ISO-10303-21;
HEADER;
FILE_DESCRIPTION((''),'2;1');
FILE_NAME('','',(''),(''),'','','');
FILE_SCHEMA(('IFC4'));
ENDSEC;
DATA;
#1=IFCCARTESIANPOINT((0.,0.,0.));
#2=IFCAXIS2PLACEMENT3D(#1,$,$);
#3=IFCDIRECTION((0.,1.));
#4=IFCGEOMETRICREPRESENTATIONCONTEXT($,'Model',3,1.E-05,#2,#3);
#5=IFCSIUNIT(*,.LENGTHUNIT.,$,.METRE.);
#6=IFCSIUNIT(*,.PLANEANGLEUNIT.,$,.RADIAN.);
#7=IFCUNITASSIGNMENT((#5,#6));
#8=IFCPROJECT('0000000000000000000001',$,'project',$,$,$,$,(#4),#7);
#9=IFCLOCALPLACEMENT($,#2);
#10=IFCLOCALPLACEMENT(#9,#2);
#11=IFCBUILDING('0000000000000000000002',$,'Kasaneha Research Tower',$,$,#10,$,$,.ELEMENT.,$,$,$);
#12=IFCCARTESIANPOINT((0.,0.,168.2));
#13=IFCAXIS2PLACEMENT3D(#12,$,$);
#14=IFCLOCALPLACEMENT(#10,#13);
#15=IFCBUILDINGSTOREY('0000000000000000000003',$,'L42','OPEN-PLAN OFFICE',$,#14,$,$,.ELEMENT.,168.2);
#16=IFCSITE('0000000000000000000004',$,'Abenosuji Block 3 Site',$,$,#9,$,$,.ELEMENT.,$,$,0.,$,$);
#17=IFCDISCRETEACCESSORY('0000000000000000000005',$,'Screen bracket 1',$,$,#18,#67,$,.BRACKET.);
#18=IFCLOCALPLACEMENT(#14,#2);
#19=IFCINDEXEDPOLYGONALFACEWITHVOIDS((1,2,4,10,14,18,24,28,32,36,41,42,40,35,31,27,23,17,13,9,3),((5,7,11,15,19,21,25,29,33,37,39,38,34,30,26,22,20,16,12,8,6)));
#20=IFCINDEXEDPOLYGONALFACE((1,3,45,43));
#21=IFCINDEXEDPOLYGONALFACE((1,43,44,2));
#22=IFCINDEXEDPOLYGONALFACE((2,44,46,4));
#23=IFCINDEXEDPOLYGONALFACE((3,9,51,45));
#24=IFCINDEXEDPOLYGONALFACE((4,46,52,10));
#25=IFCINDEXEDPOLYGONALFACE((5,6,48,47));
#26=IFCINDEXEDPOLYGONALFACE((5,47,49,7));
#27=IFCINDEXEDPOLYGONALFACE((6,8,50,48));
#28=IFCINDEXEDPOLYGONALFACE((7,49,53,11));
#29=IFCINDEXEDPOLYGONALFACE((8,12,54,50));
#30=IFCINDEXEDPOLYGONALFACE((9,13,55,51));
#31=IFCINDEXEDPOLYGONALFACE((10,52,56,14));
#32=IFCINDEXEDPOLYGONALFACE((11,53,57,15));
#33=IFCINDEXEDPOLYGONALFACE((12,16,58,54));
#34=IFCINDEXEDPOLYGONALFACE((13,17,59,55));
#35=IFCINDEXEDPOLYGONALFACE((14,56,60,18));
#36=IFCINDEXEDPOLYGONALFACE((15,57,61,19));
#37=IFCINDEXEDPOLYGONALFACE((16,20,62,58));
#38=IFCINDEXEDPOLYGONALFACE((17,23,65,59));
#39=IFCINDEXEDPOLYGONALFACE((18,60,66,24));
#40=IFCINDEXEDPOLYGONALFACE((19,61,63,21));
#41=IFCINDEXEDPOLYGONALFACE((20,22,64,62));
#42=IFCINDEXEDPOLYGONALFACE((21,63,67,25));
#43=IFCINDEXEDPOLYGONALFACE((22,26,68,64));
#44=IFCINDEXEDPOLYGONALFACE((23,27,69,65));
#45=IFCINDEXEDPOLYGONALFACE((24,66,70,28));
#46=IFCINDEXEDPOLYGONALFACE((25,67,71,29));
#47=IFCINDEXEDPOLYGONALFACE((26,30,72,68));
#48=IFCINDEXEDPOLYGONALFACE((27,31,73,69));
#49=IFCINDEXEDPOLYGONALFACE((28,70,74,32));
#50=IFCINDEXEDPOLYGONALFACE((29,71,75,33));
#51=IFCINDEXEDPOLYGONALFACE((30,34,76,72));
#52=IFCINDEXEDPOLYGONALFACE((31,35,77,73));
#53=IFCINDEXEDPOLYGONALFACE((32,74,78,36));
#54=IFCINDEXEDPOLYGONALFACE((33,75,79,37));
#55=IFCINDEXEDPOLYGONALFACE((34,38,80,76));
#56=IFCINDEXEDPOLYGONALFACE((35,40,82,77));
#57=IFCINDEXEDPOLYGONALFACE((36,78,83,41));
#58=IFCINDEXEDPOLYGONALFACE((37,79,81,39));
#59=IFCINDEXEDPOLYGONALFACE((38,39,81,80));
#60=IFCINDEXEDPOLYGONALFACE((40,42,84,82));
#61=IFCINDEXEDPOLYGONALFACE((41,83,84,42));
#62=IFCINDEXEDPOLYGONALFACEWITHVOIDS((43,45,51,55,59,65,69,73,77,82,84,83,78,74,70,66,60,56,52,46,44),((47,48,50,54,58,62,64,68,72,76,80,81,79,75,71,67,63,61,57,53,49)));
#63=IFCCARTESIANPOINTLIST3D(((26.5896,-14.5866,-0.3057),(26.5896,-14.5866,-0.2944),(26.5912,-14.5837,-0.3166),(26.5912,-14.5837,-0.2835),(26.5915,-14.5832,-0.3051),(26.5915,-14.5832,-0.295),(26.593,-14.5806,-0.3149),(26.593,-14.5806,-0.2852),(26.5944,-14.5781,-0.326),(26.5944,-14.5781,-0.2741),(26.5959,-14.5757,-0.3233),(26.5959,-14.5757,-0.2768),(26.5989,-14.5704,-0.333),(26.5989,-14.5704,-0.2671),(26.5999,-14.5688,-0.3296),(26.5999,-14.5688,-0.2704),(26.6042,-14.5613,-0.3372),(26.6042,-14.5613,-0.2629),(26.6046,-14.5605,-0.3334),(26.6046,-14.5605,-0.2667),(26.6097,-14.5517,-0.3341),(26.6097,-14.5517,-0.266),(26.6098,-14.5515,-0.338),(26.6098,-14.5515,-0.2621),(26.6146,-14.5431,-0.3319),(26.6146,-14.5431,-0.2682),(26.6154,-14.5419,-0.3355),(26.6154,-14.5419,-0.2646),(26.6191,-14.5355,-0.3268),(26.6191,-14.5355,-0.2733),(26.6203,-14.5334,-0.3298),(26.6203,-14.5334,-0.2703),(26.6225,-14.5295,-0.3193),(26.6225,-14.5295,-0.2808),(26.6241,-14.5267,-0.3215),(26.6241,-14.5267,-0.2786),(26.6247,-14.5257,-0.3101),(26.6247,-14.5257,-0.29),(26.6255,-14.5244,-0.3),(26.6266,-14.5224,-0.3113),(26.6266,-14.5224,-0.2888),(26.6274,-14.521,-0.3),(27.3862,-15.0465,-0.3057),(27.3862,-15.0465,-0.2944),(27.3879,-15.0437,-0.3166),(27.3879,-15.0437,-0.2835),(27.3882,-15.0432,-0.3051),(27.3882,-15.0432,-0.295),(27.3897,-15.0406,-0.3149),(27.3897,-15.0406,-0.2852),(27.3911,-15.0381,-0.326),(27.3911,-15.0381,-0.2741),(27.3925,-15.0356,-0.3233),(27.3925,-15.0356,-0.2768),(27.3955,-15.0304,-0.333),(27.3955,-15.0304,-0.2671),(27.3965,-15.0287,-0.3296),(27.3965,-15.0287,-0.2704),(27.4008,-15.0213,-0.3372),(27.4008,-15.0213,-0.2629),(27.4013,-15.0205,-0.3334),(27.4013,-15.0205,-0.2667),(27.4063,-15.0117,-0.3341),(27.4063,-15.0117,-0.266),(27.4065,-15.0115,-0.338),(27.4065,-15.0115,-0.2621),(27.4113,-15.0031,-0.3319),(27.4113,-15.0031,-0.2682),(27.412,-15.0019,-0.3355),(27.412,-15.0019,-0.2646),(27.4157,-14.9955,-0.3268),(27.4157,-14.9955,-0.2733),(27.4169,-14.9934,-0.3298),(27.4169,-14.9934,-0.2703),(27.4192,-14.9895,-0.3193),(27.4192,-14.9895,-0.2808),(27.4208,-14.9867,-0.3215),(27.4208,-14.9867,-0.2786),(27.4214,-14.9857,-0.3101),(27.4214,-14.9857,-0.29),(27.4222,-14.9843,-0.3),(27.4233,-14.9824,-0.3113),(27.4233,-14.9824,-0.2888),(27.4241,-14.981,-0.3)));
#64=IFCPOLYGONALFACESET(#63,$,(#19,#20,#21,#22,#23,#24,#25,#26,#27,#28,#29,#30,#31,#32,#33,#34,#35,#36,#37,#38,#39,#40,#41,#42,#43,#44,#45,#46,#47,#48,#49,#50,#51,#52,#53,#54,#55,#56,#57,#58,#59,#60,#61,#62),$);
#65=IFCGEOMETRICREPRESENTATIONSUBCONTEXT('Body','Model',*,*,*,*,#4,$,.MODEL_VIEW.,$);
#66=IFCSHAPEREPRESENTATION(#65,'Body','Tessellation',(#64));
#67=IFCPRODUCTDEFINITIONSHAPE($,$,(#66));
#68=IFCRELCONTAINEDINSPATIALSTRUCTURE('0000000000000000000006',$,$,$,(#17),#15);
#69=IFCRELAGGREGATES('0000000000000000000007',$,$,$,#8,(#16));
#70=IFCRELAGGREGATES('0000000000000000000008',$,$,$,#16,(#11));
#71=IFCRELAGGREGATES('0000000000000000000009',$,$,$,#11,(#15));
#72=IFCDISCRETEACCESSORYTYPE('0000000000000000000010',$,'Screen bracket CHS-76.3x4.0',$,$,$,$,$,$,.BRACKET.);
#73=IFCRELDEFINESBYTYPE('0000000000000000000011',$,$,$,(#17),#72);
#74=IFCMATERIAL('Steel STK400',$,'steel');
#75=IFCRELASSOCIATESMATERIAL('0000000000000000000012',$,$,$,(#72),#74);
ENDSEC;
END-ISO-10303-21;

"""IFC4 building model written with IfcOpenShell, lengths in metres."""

from ifc_helpers import new_model, si_unit, direction, frame, origin, origin_2d, place, context, subcontext, project, spatial, hollow_circle, extrude, material, material_profile, profile_set, type_object, element, save


model = new_model("IFC4")

# Units and contexts
model_context = context("Model", 3, precision=1e-05, world=origin(), true_north=direction((0.0, 1.0)))
body_context = subcontext(model_context, "Body", "Model", "MODEL_VIEW")
ifc_project = project(units=[si_unit("LENGTHUNIT", "METRE"), si_unit("PLANEANGLEUNIT", "RADIAN")], contexts=[model_context])

# Site, building, storey
site_placement = place(None, origin())
site = spatial("IfcSite", under=ifc_project, at=site_placement, Name="Abenosuji Block 3 Site", CompositionType="ELEMENT", RefElevation=0.0)
building_placement = place(site_placement, origin())
building = spatial("IfcBuilding", under=site, at=building_placement, Name="Kasaneha Research Tower", CompositionType="ELEMENT")
storey_placement = place(building_placement, frame((0.0, 0.0, 168.2)))
storey = spatial("IfcBuildingStorey", under=building, at=storey_placement, Name="L42", Description="OPEN-PLAN OFFICE", CompositionType="ELEMENT", Elevation=168.2)

# Discrete accessory
ifc_material_1 = material(Name="Steel STK400", Category="steel")
ifc_material_profile_1 = material_profile(ifc_material_1, hollow_circle(Radius=0.0381, WallThickness=0.0039, at=origin_2d()), Name="CHS-76.3x4.0")
ifc_profile_set_1 = profile_set([ifc_material_profile_1], Name="Steel STK400")
discrete_accessory_type = type_object("IfcDiscreteAccessoryType", Name="Screen bracket CHS-76.3x4.0", PredefinedType="BRACKET", material=ifc_profile_set_1)
for number, where, z_axis, x_axis, name in (
    (1, (26.6084, -14.554, -0.3), (0.866013, -0.500021, 0.0), (0.500021, 0.866013, 0.0), "Screen bracket 1"),
):
    element("IfcDiscreteAccessory", number, at=place(storey_placement, frame(where, z_axis=z_axis, x_axis=x_axis)), inside=storey, type_object=discrete_accessory_type, Name=name, PredefinedType="BRACKET", context=body_context, shape_type="SweptSolid", body=[
        extrude(hollow_circle(Radius=0.0381, WallThickness=0.0039, at=origin_2d()), origin(), (0.0, 0.0, 1.0), 0.9199),
    ])

save(model, "model.ifc")
